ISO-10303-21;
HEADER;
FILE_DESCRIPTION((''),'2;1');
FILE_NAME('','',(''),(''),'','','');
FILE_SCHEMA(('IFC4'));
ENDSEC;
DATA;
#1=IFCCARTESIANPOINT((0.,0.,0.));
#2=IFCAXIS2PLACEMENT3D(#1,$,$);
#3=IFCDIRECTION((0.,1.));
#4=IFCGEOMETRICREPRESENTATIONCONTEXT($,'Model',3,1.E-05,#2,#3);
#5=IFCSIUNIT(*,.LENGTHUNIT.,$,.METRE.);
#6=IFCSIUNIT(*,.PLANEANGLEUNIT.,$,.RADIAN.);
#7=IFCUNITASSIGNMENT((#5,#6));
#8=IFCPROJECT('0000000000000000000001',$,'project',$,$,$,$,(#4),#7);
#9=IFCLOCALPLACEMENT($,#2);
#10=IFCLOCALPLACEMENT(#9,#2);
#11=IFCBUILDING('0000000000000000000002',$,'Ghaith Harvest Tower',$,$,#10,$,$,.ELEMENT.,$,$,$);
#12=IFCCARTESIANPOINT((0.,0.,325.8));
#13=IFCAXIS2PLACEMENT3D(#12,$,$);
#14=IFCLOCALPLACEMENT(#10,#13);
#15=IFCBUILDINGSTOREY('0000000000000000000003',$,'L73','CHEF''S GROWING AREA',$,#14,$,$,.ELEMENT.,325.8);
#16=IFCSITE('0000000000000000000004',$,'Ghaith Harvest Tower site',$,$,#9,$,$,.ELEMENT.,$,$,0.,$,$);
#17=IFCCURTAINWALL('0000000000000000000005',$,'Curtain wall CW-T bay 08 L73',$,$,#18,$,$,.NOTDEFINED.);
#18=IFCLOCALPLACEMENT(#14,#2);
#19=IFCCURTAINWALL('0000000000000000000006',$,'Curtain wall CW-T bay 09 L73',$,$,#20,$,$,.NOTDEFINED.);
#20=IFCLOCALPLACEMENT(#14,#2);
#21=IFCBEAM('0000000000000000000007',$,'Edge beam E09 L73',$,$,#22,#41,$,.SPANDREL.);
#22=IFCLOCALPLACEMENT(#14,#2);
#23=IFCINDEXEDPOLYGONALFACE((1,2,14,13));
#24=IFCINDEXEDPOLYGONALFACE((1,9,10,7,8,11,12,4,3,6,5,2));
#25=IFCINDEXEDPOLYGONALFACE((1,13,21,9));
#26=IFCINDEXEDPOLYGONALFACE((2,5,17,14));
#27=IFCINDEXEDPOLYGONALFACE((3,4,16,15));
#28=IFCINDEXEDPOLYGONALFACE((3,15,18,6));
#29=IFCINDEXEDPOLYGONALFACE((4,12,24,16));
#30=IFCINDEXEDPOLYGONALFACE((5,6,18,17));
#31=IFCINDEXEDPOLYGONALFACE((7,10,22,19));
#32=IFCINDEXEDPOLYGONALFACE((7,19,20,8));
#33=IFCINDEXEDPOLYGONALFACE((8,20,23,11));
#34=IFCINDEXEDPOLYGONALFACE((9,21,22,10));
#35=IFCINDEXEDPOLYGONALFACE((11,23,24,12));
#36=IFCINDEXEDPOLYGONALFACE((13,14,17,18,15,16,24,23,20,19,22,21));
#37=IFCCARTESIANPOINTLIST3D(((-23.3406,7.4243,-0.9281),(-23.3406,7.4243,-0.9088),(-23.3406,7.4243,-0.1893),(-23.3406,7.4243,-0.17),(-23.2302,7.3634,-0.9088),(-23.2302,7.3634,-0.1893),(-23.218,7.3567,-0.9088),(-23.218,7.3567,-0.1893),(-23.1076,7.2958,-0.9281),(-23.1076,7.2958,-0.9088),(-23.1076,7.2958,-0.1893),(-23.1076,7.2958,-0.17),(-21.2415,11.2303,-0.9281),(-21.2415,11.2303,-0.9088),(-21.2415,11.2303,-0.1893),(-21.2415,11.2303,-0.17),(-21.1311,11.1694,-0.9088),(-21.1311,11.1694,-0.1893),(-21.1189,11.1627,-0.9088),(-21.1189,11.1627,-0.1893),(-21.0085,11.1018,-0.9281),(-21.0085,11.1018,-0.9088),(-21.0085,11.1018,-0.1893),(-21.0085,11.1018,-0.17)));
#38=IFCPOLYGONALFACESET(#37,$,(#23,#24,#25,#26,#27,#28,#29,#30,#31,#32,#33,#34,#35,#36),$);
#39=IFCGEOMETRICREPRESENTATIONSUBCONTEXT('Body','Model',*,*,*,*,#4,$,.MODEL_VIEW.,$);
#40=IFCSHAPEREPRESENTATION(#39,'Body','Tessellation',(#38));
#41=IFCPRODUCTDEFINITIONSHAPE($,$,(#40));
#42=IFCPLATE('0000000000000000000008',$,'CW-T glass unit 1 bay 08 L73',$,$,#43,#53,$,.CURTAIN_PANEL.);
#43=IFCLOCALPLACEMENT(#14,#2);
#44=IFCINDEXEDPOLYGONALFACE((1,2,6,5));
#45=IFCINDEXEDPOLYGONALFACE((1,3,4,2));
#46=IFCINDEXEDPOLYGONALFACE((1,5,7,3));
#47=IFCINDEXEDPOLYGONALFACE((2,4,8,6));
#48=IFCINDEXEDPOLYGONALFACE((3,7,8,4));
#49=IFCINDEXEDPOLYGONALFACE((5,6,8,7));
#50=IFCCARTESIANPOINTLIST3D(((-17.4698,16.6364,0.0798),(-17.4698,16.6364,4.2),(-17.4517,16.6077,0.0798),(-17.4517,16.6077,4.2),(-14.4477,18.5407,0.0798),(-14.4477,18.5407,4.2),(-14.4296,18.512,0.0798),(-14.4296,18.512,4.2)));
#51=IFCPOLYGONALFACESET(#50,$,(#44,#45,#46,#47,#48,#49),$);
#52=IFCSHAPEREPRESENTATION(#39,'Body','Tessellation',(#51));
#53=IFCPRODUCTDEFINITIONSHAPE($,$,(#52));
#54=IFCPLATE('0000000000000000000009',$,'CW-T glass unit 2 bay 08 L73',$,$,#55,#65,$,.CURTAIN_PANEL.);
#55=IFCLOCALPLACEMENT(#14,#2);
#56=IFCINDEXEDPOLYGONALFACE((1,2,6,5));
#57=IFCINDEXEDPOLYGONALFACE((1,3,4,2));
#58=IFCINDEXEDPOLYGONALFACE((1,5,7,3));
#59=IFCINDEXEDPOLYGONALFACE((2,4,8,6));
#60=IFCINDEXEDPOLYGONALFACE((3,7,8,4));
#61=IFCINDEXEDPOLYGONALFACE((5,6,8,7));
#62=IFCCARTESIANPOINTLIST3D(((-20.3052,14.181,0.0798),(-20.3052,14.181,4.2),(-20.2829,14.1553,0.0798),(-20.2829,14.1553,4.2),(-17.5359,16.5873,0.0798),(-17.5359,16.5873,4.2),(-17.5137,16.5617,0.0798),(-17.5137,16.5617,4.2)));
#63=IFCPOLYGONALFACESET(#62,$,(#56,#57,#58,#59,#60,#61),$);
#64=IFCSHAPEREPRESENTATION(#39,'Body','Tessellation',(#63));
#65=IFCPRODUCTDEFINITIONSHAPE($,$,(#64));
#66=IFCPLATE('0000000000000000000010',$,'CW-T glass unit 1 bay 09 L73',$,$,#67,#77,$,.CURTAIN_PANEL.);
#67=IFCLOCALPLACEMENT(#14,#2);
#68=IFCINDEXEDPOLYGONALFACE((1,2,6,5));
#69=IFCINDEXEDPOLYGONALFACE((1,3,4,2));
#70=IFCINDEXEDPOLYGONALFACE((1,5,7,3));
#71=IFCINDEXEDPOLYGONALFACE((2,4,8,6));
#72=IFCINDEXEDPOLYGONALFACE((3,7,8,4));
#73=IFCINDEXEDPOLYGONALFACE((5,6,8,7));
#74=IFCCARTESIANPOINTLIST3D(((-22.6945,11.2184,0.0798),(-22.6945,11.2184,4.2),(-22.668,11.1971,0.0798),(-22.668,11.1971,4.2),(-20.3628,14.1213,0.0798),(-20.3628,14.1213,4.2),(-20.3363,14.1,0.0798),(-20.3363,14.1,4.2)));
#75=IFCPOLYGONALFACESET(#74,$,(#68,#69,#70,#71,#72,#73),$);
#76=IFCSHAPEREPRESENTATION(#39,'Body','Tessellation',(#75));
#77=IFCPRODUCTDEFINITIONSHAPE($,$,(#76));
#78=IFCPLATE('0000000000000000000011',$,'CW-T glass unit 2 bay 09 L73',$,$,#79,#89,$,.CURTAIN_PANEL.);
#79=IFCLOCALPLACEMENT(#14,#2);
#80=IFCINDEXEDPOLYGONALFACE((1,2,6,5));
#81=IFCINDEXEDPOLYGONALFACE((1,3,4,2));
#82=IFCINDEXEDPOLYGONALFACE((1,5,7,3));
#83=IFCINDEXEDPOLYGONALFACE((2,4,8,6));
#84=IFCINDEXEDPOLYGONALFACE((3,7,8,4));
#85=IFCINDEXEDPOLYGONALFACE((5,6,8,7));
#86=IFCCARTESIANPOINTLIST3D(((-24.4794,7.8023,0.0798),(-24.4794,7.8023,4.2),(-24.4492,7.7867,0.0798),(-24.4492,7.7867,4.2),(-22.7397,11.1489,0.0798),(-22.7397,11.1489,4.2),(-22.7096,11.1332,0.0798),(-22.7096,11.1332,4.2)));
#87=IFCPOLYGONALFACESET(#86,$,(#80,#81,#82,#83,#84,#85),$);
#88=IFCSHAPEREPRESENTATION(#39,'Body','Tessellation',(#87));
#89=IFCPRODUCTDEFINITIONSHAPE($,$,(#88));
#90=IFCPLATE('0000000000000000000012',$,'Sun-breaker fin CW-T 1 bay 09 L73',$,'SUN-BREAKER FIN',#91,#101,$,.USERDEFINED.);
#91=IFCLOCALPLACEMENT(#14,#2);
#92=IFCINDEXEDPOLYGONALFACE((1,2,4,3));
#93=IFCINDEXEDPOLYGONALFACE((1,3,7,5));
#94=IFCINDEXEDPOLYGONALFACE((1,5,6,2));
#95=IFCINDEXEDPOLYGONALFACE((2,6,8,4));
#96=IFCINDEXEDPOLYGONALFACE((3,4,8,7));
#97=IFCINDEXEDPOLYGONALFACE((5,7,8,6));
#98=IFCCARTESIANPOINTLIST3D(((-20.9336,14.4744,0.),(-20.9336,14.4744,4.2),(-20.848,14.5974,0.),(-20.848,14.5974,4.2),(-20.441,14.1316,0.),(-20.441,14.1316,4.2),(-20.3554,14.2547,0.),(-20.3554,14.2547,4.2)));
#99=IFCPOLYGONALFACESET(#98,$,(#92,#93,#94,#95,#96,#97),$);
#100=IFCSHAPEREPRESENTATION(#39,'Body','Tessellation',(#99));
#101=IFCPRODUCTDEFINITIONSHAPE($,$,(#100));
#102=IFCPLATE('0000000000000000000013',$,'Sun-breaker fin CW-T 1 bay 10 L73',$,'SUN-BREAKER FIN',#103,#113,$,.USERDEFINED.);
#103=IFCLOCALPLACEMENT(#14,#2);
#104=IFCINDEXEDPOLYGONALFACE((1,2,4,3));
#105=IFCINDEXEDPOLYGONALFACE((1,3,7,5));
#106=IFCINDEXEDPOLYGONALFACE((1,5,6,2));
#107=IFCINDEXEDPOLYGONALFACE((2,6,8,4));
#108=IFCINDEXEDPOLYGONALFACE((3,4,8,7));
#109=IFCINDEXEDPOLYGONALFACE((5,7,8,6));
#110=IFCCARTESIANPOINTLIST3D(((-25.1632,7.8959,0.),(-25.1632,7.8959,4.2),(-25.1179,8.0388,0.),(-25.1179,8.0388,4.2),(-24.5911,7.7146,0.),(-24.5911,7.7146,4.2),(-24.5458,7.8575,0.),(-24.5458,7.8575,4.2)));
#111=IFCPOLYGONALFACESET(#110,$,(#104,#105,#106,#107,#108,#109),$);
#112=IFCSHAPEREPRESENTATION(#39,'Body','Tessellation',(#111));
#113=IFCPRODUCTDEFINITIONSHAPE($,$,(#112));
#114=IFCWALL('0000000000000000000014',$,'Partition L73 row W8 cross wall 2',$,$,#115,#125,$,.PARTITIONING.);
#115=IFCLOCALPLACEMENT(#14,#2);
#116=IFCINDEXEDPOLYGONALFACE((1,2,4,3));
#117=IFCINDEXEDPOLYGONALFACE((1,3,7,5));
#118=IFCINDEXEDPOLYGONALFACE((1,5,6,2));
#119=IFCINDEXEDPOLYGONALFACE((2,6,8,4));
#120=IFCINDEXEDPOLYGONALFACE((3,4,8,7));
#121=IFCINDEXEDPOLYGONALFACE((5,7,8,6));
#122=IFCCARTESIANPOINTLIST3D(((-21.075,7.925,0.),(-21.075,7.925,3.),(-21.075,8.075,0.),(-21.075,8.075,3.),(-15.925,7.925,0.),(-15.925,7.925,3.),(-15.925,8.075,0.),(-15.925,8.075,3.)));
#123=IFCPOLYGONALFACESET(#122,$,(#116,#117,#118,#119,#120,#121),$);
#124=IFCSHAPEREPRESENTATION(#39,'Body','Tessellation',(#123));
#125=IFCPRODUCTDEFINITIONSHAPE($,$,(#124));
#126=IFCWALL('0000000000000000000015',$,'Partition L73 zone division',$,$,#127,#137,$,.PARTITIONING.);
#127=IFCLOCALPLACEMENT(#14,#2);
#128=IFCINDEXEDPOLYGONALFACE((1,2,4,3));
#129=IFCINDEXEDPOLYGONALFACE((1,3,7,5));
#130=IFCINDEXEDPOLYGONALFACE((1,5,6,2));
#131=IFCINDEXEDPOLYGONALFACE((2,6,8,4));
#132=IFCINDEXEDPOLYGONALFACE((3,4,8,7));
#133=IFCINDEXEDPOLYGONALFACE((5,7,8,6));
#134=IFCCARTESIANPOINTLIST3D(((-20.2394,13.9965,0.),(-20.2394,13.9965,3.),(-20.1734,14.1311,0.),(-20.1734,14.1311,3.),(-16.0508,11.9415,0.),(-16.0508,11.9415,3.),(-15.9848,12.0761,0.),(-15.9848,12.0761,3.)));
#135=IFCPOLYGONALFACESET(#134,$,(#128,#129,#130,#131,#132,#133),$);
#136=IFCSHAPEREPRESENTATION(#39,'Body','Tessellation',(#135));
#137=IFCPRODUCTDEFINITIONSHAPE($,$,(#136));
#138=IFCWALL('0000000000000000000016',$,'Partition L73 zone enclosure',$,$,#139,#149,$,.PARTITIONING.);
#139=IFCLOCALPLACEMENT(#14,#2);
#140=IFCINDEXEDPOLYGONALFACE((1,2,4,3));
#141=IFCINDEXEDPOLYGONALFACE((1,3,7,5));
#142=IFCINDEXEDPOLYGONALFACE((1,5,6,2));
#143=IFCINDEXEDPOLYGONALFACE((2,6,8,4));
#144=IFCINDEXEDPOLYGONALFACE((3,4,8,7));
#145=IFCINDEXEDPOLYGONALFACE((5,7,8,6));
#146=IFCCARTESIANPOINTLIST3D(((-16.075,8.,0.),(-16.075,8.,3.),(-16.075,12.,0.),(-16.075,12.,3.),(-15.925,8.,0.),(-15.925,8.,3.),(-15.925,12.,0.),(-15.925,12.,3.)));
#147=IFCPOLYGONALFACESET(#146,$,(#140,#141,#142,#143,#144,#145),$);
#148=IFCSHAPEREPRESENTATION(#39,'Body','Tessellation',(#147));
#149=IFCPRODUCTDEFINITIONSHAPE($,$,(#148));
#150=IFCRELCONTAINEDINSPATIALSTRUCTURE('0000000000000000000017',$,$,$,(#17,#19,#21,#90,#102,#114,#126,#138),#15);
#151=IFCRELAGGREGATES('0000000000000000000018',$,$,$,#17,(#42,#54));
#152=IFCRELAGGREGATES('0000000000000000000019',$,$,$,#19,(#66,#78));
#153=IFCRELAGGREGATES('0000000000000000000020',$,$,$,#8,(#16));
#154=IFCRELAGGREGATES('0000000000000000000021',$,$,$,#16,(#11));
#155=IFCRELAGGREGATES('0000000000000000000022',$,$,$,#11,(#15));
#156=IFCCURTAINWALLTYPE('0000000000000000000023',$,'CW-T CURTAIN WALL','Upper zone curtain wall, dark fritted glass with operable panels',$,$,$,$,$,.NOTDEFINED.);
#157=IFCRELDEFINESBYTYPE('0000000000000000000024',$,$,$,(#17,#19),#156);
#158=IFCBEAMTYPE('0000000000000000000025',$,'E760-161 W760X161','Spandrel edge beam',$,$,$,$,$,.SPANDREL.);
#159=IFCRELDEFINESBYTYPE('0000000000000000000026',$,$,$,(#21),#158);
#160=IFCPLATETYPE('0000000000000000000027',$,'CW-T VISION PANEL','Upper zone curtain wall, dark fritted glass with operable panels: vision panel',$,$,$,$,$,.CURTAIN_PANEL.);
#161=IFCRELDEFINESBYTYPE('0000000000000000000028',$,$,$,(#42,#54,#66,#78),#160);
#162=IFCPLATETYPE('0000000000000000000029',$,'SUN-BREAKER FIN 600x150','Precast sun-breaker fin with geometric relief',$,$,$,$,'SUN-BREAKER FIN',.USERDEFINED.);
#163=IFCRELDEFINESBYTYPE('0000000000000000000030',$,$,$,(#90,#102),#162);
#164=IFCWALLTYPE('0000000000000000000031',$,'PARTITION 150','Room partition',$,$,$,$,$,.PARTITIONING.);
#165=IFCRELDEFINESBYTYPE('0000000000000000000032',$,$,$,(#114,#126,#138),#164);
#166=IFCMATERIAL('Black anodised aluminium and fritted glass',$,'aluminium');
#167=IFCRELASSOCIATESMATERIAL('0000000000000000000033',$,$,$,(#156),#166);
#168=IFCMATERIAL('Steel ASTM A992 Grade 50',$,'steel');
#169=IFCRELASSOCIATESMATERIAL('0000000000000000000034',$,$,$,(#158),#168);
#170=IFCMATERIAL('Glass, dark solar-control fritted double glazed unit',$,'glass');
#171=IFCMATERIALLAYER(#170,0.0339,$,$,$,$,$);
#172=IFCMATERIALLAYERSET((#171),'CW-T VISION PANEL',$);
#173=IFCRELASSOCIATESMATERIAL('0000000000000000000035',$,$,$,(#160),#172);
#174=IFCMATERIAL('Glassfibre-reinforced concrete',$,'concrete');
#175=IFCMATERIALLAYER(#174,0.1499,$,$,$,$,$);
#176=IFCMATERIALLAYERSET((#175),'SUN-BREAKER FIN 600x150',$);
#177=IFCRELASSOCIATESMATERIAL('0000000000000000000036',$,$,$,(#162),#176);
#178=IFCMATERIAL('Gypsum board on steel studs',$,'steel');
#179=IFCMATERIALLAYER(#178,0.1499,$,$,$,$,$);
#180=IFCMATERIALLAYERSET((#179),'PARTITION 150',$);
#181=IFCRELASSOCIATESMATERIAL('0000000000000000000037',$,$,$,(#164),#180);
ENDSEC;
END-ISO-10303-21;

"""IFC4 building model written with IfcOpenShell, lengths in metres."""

from ifc_helpers import new_model, si_unit, direction, frame, frame_2d, origin, origin_2d, place, context, subcontext, project, spatial, rectangle, i_section, extrude, material, layer, layer_set, material_profile, profile_set, type_object, element, aggregate, save


model = new_model("IFC4")

# Units and contexts
model_context = context("Model", 3, precision=1e-05, world=origin(), true_north=direction((0.0, 1.0)))
body_context = subcontext(model_context, "Body", "Model", "MODEL_VIEW")
ifc_project = project(units=[si_unit("LENGTHUNIT", "METRE"), si_unit("PLANEANGLEUNIT", "RADIAN")], contexts=[model_context])

# Site, building, storey
site_placement = place(None, origin())
site = spatial("IfcSite", under=ifc_project, at=site_placement, Name="Ghaith Harvest Tower site", CompositionType="ELEMENT", RefElevation=0.0)
building_placement = place(site_placement, origin())
building = spatial("IfcBuilding", under=site, at=building_placement, Name="Ghaith Harvest Tower", CompositionType="ELEMENT")
storey_placement = place(building_placement, frame((0.0, 0.0, 325.8)))
storey = spatial("IfcBuildingStorey", under=building, at=storey_placement, Name="L73", Description="CHEF'S GROWING AREA", CompositionType="ELEMENT", Elevation=325.8)

# Curtain walls
ifc_material_1 = material(Name="Black anodised aluminium and fritted glass", Category="aluminium")
curtain_wall_type = type_object("IfcCurtainWallType", Name="CW-T CURTAIN WALL", Description="Upper zone curtain wall, dark fritted glass with operable panels", PredefinedType="NOTDEFINED", material=ifc_material_1)
curtain_wall_1_placement = place(storey_placement, origin())
curtain_wall_1 = element("IfcCurtainWall", 1, at=curtain_wall_1_placement, inside=storey, type_object=curtain_wall_type, Name="Curtain wall CW-T bay 08 L73", PredefinedType="NOTDEFINED")
curtain_wall_2_placement = place(storey_placement, origin())
curtain_wall_2 = element("IfcCurtainWall", 2, at=curtain_wall_2_placement, inside=storey, type_object=curtain_wall_type, Name="Curtain wall CW-T bay 09 L73", PredefinedType="NOTDEFINED")

# Beam
ifc_material_2 = material(Name="Steel ASTM A992 Grade 50", Category="steel")
ifc_material_profile_1 = material_profile(ifc_material_2, i_section(OverallWidth=0.2661, OverallDepth=0.7581, WebThickness=0.0139, FlangeThickness=0.0193, at=origin_2d()), Name="W760X161")
ifc_profile_set_1 = profile_set([ifc_material_profile_1], Name="Steel ASTM A992 Grade 50")
beam_type = type_object("IfcBeamType", Name="E760-161 W760X161", Description="Spandrel edge beam", PredefinedType="SPANDREL", material=ifc_profile_set_1)
beam_1_placement = place(storey_placement, frame((-21.125, 11.166, -0.5491), z_axis=(-0.482956, -0.875645, 0.0), x_axis=(0.875645, -0.482956, 0.0)))
element("IfcBeam", 3, at=beam_1_placement, inside=storey, type_object=beam_type, Name="Edge beam E09 L73", PredefinedType="SPANDREL", context=body_context, shape_type="SweptSolid", body=[
    extrude(i_section(OverallWidth=0.2661, OverallDepth=0.7581, WebThickness=0.0139, FlangeThickness=0.0193, at=origin_2d()), origin(), (0.0, 0.0, 1.0), 4.3464),
])

# Plates
ifc_material_3 = material(Name="Glass, dark solar-control fritted double glazed unit", Category="glass")
ifc_layer_1 = layer(ifc_material_3, 0.0339)
ifc_layer_set_1 = layer_set([ifc_layer_1], Name="CW-T VISION PANEL")
plate_type_1 = type_object("IfcPlateType", Name="CW-T VISION PANEL", Description="Upper zone curtain wall, dark fritted glass with operable panels: vision panel", PredefinedType="CURTAIN_PANEL", material=ifc_layer_set_1)
plate_1_placement = place(storey_placement, frame((-15.9497, 17.5742, 0.0798), z_axis=(0.0, 0.0, 1.0), x_axis=(-0.846043, -0.533114, 0.0)))
plate_1 = element("IfcPlate", 4, at=plate_1_placement, type_object=plate_type_1, Name="CW-T glass unit 1 bay 08 L73", PredefinedType="CURTAIN_PANEL", context=body_context, shape_type="SweptSolid", body=[
    extrude(rectangle(XDim=3.572, YDim=0.0339, at=origin_2d()), origin(), (0.0, 0.0, 1.0), 4.1201),
])
plate_2_placement = place(storey_placement, frame((-18.9094, 15.3713, 0.0798), z_axis=(0.0, 0.0, 1.0), x_axis=(-0.754829, -0.655922, 0.0)))
plate_2 = element("IfcPlate", 5, at=plate_2_placement, type_object=plate_type_1, Name="CW-T glass unit 2 bay 08 L73", PredefinedType="CURTAIN_PANEL", context=body_context, shape_type="SweptSolid", body=[
    extrude(rectangle(XDim=3.6687, YDim=0.0339, at=origin_2d()), origin(), (0.0, 0.0, 1.0), 4.1201),
])
aggregate(curtain_wall_1, [plate_1, plate_2])
plate_3_placement = place(storey_placement, frame((-21.5154, 12.6592, 0.0798), z_axis=(0.0, 0.0, 1.0), x_axis=(-0.62623, -0.779639, 0.0)))
plate_3 = element("IfcPlate", 6, at=plate_3_placement, type_object=plate_type_1, Name="CW-T glass unit 1 bay 09 L73", PredefinedType="CURTAIN_PANEL", context=body_context, shape_type="SweptSolid", body=[
    extrude(rectangle(XDim=3.7234, YDim=0.0339, at=origin_2d()), origin(), (0.0, 0.0, 1.0), 4.1201),
])
plate_4_placement = place(storey_placement, frame((-23.5945, 9.4678, 0.0798), z_axis=(0.0, 0.0, 1.0), x_axis=(-0.46123, -0.887281, 0.0)))
plate_4 = element("IfcPlate", 7, at=plate_4_placement, type_object=plate_type_1, Name="CW-T glass unit 2 bay 09 L73", PredefinedType="CURTAIN_PANEL", context=body_context, shape_type="SweptSolid", body=[
    extrude(rectangle(XDim=3.7717, YDim=0.0339, at=origin_2d()), origin(), (0.0, 0.0, 1.0), 4.1201),
])
aggregate(curtain_wall_2, [plate_3, plate_4])

# Plates
ifc_material_4 = material(Name="Glassfibre-reinforced concrete", Category="concrete")
ifc_layer_2 = layer(ifc_material_4, 0.1499)
ifc_layer_set_2 = layer_set([ifc_layer_2], Name="SUN-BREAKER FIN 600x150")
plate_type_2 = type_object("IfcPlateType", Name="SUN-BREAKER FIN 600x150", Description="Precast sun-breaker fin with geometric relief", ElementType="SUN-BREAKER FIN", PredefinedType="USERDEFINED", material=ifc_layer_set_2)
for number, where, z_axis, x_axis, name in (
    (8, (-20.6445, 14.3645, 0.0), (0.0, 0.0, 1.0), (-0.820845, 0.57115, 0.0), "Sun-breaker fin CW-T 1 bay 09 L73"),
    (9, (-24.8545, 7.8767, 0.0), (0.0, 0.0, 1.0), (-0.953273, 0.30211, 0.0), "Sun-breaker fin CW-T 1 bay 10 L73"),
):
    element("IfcPlate", number, at=place(storey_placement, frame(where, z_axis=z_axis, x_axis=x_axis)), inside=storey, type_object=plate_type_2, Name=name, ObjectType="SUN-BREAKER FIN", PredefinedType="USERDEFINED", context=body_context, shape_type="SweptSolid", body=[
        extrude(rectangle(XDim=0.6001, YDim=0.1499, at=origin_2d()), origin(), (0.0, 0.0, 1.0), 4.2),
    ])

# Walls
ifc_material_5 = material(Name="Gypsum board on steel studs", Category="steel")
ifc_layer_3 = layer(ifc_material_5, 0.1499)
ifc_layer_set_3 = layer_set([ifc_layer_3], Name="PARTITION 150")
wall_type_1 = type_object("IfcWallType", Name="PARTITION 150", Description="Room partition", PredefinedType="PARTITIONING", material=ifc_layer_set_3)
wall_1_placement = place(storey_placement, frame((-15.925, 8.0, 0.0), z_axis=(0.0, 0.0, 1.0), x_axis=(-1.0, 0.0, 0.0)))
element("IfcWall", 10, at=wall_1_placement, inside=storey, type_object=wall_type_1, Name="Partition L73 row W8 cross wall 2", PredefinedType="PARTITIONING", context=body_context, shape_type="SweptSolid", body=[
    extrude(rectangle(XDim=5.1499, YDim=0.1499, at=frame_2d((2.575, 0.0))), origin(), (0.0, 0.0, 1.0), 3.0),
])
wall_2_placement = place(storey_placement, frame((-16.0178, 12.0088, 0.0), z_axis=(0.0, 0.0, 1.0), x_axis=(-0.897772, 0.440461, 0.0)))
element("IfcWall", 11, at=wall_2_placement, inside=storey, type_object=wall_type_1, Name="Partition L73 zone division", PredefinedType="PARTITIONING", context=body_context, shape_type="SweptSolid", body=[
    extrude(rectangle(XDim=4.6655, YDim=0.1499, at=frame_2d((2.3328, 0.0))), origin(), (0.0, 0.0, 1.0), 3.0),
])
wall_3_placement = place(storey_placement, frame((-16.0, 12.0, 0.0), z_axis=(0.0, 0.0, 1.0), x_axis=(0.0, -1.0, 0.0)))
element("IfcWall", 12, at=wall_3_placement, inside=storey, type_object=wall_type_1, Name="Partition L73 zone enclosure", PredefinedType="PARTITIONING", context=body_context, shape_type="SweptSolid", body=[
    extrude(rectangle(XDim=4.0, YDim=0.1499, at=frame_2d((2.0, 0.0))), origin(), (0.0, 0.0, 1.0), 3.0),
])

save(model, "model.ifc")
